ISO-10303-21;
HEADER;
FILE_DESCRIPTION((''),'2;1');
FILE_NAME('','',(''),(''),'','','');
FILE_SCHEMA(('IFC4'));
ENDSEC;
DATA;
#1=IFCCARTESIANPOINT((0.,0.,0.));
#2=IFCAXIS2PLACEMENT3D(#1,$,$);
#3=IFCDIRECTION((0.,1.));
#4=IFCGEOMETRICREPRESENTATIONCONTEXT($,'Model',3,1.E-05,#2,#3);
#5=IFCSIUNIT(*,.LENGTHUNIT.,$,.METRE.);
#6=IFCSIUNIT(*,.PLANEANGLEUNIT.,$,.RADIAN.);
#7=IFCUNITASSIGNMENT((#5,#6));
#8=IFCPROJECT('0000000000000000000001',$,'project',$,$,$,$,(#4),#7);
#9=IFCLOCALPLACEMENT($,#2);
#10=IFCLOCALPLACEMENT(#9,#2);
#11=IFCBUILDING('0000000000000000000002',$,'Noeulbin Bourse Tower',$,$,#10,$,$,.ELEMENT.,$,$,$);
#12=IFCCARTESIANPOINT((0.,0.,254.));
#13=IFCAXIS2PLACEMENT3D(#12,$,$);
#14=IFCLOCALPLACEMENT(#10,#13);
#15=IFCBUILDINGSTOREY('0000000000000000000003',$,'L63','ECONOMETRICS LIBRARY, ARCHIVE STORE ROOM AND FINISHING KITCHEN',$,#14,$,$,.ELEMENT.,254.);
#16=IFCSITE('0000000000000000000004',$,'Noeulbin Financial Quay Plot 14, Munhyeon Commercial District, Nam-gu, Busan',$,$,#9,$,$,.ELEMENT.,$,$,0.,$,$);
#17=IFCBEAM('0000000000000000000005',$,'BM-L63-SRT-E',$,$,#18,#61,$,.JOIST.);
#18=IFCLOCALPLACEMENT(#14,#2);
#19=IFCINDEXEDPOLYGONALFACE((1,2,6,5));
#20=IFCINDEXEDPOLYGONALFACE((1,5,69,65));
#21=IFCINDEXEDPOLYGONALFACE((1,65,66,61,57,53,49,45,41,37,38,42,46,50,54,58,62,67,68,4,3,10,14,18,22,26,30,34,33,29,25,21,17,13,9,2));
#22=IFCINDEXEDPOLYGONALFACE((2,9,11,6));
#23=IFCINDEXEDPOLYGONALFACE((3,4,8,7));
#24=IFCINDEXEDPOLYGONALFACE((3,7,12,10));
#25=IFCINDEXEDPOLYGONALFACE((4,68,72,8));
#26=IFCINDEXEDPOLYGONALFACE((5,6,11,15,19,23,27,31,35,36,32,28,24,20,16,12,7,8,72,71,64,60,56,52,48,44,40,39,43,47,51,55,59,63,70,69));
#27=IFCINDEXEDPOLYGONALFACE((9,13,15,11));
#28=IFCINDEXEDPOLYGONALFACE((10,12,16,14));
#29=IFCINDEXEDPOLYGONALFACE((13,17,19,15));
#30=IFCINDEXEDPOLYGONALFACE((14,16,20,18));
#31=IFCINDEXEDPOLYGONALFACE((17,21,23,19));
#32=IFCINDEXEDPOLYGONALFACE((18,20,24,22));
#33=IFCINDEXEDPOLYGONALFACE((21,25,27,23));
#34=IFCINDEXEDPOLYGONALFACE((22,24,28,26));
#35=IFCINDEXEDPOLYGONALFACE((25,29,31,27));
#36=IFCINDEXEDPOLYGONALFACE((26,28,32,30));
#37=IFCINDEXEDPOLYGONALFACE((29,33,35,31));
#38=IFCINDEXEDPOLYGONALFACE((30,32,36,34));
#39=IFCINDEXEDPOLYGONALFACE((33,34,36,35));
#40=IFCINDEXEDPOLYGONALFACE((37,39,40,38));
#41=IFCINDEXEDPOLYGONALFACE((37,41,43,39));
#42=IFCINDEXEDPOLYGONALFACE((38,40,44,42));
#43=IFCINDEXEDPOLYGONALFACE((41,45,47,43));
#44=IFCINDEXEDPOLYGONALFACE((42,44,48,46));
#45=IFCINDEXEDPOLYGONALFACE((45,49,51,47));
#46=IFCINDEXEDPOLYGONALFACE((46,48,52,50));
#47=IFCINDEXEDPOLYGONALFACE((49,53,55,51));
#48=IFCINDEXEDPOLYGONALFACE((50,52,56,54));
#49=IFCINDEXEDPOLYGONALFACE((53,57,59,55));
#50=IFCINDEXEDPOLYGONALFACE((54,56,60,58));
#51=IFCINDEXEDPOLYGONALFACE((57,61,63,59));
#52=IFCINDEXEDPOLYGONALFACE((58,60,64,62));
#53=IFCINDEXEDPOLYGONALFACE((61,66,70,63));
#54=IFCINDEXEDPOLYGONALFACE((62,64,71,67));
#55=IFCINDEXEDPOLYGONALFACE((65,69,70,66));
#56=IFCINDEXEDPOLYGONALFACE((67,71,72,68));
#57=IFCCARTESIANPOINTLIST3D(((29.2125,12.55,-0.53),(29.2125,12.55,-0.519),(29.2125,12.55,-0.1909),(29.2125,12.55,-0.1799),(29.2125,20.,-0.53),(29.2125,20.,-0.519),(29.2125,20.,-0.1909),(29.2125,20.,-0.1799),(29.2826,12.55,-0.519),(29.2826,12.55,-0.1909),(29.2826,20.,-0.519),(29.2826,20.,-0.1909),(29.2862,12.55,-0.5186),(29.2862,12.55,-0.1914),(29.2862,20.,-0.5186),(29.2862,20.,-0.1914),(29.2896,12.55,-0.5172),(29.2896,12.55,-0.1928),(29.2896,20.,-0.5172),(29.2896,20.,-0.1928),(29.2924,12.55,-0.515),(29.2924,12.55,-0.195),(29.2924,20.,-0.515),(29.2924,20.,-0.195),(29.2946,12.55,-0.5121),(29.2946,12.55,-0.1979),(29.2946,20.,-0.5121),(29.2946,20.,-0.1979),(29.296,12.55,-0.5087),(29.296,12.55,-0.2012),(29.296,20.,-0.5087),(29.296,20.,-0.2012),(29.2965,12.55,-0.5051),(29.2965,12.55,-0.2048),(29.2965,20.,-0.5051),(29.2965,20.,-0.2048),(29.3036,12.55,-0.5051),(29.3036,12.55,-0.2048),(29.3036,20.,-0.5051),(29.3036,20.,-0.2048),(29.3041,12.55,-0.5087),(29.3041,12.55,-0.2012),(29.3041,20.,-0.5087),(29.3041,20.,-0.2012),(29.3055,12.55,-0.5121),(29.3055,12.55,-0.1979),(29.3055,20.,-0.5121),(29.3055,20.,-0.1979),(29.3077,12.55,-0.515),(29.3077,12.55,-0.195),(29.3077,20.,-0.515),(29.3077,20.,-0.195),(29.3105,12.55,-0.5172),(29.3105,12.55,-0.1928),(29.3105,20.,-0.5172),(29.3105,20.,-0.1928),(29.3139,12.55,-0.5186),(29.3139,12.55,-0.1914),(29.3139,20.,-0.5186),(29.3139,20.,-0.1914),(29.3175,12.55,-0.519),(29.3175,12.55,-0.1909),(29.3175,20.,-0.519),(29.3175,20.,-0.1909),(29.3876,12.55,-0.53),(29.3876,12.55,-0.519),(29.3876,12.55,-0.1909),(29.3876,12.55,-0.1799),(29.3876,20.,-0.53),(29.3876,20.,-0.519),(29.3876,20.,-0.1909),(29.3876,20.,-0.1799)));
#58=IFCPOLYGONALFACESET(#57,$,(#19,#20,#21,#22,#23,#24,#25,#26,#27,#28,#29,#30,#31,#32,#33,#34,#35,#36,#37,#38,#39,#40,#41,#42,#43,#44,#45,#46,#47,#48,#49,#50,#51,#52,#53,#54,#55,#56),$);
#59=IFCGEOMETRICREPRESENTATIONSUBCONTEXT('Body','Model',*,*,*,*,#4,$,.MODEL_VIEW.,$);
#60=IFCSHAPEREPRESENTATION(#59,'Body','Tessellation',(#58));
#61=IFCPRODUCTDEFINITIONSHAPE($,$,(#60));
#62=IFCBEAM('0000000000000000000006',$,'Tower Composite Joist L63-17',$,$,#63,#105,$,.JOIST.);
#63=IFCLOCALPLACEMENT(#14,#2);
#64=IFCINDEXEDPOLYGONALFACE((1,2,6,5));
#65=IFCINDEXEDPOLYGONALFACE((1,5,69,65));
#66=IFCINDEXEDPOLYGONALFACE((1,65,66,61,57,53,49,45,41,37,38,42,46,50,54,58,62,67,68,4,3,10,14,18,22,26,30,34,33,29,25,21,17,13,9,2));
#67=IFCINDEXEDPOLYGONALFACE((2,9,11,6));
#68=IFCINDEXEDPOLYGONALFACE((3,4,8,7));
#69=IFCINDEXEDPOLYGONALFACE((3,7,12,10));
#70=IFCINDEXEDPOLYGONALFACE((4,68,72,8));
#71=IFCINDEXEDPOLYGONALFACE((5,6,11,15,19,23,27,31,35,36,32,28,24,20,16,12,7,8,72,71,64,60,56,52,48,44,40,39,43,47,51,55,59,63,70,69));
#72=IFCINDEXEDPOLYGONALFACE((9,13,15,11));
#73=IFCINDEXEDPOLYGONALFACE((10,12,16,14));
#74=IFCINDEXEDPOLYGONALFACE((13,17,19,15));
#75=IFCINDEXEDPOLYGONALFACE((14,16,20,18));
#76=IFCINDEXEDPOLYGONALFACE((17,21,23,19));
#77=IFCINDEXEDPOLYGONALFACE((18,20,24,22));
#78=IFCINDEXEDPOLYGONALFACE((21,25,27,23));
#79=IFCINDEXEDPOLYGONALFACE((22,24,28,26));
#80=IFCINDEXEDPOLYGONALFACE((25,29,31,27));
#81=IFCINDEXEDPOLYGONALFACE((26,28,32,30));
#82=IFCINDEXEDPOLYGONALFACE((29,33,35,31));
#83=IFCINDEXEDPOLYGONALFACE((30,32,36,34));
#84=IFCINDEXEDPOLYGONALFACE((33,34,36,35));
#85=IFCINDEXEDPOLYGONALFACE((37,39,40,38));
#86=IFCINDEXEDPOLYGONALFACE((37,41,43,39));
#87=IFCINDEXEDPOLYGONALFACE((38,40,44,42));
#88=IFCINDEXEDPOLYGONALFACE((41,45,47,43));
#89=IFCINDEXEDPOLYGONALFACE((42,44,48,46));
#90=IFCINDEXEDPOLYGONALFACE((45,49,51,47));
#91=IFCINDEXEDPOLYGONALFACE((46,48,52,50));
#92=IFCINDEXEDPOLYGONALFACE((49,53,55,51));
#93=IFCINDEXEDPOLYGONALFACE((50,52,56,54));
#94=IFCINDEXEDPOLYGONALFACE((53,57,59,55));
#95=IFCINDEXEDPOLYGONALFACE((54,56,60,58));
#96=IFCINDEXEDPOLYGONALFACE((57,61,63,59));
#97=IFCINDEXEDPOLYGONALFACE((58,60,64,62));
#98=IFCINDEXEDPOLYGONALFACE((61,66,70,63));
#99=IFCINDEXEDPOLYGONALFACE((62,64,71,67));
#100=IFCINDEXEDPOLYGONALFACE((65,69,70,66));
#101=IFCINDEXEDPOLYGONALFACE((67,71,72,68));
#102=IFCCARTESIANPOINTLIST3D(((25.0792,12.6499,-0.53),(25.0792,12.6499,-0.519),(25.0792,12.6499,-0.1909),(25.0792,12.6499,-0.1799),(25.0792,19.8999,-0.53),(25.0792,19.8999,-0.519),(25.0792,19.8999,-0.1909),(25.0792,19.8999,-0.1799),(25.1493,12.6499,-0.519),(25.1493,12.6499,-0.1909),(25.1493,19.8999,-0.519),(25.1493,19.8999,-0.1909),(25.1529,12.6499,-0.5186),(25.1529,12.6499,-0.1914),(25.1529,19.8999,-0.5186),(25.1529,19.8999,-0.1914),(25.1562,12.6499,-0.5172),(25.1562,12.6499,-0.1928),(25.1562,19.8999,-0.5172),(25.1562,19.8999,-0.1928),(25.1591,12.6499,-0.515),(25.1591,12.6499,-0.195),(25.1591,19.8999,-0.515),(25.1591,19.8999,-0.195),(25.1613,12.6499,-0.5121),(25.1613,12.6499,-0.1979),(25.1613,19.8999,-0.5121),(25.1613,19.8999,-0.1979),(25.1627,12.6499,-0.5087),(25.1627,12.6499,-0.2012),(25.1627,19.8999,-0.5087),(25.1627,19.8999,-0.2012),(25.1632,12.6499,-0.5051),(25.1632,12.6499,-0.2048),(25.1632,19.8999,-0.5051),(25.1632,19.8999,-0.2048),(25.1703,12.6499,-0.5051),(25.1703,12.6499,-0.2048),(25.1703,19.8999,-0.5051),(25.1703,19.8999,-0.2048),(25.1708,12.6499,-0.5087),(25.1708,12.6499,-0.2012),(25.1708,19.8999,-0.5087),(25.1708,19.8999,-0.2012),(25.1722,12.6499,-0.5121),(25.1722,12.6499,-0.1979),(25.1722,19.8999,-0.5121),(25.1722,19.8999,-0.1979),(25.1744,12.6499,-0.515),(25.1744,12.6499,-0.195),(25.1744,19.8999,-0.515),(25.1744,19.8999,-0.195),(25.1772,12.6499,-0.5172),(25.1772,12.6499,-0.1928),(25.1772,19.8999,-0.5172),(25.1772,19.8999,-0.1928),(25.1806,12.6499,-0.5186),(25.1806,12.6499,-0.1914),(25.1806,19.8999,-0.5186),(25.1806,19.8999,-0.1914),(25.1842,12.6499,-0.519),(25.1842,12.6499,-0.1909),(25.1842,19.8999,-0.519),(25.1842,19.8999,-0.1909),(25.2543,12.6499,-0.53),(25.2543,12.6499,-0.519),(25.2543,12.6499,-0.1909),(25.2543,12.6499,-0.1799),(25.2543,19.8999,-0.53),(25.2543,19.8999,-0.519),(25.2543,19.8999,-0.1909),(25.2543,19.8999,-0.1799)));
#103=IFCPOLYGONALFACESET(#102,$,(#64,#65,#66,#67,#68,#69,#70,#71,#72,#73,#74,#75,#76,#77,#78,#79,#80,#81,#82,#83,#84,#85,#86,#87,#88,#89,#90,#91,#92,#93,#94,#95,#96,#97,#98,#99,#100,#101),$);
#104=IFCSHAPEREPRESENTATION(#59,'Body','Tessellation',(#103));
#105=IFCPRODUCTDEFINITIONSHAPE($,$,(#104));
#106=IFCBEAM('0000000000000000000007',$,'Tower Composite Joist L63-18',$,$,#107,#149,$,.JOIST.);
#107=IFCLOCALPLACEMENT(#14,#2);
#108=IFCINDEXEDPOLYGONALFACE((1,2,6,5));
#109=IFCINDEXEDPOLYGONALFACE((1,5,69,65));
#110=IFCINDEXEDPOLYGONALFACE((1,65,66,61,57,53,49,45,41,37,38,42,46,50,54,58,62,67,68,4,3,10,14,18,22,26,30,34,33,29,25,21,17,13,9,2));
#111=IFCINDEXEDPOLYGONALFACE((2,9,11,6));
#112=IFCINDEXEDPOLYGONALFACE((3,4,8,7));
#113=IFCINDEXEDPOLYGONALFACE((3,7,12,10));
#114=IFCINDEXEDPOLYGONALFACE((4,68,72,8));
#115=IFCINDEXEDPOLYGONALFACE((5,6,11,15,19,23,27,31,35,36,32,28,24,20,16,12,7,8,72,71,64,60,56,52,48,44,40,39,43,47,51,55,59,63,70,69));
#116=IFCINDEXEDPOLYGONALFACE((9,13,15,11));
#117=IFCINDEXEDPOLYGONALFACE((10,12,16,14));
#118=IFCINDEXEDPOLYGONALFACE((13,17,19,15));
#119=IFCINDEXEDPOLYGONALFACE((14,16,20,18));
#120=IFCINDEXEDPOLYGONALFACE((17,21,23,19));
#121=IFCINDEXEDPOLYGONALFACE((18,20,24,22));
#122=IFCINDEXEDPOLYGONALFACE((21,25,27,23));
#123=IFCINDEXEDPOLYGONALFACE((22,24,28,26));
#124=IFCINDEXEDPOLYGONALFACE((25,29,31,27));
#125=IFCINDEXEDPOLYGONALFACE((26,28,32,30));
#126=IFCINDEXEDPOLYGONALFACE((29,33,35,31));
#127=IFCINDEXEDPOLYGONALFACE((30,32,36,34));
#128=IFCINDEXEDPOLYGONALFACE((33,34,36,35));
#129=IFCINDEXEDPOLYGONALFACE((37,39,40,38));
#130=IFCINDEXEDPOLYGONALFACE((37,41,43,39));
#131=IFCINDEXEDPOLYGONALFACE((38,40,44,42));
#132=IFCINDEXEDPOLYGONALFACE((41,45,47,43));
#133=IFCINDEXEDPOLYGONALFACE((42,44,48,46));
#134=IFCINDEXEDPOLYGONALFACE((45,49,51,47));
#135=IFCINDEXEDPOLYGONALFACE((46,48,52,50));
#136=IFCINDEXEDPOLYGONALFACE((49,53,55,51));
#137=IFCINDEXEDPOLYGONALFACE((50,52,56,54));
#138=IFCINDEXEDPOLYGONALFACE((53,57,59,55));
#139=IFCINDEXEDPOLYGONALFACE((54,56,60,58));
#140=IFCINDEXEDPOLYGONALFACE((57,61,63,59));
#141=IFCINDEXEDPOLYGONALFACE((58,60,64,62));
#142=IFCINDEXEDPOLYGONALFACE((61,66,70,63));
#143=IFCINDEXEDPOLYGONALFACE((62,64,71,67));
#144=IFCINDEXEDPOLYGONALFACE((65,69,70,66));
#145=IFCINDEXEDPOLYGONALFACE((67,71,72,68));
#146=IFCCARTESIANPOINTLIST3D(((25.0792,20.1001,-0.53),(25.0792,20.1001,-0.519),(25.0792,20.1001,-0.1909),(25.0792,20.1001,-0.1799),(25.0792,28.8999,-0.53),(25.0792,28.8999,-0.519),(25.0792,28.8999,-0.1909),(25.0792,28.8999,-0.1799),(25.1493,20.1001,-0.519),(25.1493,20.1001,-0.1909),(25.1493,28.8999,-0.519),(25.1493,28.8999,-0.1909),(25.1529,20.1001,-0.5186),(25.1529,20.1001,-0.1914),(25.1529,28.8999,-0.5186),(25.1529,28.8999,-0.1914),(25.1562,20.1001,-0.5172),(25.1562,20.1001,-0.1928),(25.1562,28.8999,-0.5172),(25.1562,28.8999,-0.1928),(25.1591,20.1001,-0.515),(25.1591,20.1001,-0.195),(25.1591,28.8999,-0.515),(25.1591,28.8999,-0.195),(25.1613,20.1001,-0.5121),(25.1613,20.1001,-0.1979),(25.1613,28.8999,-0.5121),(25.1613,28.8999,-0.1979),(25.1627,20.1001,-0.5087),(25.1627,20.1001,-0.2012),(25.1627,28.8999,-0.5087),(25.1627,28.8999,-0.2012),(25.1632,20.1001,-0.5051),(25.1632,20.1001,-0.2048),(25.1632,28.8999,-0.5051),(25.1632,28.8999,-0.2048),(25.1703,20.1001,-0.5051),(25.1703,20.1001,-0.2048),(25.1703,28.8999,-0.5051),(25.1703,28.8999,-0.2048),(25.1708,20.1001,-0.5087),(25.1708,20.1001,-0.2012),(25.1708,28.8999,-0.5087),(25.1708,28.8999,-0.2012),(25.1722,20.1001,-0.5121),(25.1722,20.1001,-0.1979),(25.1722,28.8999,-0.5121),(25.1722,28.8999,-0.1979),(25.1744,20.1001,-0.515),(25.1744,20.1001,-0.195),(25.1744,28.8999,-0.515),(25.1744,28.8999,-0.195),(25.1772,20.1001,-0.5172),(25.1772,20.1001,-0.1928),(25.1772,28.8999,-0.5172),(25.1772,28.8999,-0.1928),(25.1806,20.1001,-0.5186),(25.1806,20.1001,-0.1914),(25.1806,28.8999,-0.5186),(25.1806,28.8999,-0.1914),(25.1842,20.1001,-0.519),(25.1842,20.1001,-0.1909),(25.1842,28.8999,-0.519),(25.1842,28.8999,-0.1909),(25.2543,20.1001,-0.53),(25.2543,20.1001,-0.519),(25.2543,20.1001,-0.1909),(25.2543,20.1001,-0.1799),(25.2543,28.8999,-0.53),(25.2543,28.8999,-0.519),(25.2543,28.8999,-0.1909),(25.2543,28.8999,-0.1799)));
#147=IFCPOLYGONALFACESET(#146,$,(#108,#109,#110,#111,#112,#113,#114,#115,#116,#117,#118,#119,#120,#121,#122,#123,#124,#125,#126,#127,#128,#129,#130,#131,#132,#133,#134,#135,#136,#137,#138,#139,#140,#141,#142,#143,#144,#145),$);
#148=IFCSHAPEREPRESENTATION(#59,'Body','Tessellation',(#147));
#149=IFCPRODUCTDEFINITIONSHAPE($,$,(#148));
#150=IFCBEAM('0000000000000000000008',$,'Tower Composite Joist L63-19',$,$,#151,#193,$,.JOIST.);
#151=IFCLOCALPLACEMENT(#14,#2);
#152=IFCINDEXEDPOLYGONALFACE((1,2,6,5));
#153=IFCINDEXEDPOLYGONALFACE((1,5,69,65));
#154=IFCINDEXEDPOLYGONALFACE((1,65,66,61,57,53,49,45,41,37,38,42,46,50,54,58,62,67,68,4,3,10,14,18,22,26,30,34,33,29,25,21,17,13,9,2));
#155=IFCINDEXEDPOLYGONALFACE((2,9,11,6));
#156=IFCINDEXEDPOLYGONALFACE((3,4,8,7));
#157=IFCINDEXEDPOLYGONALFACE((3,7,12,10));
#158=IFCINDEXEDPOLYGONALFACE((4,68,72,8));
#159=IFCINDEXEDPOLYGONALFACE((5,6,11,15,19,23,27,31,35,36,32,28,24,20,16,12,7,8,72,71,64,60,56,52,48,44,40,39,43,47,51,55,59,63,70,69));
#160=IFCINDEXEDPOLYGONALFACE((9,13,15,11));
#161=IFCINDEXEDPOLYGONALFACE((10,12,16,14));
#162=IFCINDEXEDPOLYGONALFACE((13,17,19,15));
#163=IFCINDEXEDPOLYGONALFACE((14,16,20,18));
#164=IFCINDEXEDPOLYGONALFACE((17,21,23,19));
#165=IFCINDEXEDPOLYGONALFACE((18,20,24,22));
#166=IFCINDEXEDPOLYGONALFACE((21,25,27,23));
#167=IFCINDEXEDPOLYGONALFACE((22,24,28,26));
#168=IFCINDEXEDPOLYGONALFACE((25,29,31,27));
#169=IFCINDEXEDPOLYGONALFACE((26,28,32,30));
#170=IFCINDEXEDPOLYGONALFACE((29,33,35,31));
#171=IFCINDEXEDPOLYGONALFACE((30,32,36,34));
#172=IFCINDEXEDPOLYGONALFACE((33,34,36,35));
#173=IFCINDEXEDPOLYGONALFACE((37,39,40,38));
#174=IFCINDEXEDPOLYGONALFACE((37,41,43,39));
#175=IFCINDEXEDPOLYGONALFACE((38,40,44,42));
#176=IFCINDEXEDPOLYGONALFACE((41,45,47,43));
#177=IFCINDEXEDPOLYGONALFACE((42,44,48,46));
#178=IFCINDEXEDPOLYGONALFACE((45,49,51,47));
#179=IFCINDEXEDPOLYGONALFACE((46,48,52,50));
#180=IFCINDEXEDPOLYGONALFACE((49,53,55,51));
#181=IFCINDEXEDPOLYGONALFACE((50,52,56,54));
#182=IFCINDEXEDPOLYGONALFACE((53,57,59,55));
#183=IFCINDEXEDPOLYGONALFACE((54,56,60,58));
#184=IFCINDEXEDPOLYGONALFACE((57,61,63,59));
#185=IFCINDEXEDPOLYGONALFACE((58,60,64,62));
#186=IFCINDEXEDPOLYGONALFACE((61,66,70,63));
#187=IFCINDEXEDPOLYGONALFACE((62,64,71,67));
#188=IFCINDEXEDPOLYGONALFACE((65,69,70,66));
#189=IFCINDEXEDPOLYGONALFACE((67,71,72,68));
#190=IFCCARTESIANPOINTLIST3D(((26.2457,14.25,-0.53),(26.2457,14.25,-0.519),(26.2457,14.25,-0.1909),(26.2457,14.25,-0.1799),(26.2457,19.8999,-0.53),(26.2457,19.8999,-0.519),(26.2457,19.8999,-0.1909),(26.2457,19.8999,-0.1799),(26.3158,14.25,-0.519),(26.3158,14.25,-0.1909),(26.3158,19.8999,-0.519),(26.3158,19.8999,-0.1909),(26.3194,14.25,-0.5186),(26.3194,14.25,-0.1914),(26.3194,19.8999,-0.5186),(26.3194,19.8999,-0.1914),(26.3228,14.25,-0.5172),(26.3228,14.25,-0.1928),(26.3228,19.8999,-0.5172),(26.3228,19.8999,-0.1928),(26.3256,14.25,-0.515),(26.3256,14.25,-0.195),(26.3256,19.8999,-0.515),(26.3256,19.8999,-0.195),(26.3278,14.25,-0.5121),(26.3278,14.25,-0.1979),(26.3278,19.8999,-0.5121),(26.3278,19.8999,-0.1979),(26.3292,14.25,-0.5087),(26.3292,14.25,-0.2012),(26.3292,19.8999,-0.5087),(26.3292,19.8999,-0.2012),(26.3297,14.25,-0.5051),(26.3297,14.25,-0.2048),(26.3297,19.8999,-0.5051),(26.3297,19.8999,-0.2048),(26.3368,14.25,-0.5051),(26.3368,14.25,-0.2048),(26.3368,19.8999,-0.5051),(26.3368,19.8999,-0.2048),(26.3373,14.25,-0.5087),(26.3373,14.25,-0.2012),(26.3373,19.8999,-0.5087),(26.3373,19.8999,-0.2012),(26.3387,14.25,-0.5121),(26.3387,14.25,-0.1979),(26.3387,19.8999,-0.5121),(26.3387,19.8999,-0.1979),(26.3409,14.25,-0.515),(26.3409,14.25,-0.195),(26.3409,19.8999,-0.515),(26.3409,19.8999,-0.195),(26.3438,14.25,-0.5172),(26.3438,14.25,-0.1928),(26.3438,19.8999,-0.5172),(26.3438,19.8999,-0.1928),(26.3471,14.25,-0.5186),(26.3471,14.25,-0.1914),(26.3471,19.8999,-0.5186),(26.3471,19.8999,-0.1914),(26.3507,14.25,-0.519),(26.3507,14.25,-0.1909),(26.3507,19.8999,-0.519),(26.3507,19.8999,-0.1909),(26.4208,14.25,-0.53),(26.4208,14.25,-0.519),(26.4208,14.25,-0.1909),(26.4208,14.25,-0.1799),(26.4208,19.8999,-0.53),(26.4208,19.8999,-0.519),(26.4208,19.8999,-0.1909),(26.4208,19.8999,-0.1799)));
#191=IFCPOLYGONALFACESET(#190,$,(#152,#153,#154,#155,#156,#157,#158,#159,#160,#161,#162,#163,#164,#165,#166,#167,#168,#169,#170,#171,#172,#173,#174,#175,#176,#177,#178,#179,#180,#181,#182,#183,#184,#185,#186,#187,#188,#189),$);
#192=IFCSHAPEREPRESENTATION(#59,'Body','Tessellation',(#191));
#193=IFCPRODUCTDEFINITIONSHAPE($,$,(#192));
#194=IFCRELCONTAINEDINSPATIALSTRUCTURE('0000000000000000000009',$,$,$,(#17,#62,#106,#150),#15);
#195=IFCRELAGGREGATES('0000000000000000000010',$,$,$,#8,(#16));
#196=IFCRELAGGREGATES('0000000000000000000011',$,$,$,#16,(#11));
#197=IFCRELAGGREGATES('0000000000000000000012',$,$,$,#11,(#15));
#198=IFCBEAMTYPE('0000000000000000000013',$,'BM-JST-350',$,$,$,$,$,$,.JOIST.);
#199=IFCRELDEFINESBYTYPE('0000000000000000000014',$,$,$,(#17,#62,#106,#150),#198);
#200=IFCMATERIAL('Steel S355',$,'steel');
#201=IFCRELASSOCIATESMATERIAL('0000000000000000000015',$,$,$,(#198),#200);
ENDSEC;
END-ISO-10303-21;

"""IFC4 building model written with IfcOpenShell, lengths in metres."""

from ifc_helpers import new_model, si_unit, direction, frame, origin, origin_2d, place, context, subcontext, project, spatial, i_section, extrude, material, material_profile, profile_set, type_object, element, save


model = new_model("IFC4")

# Units and contexts
model_context = context("Model", 3, precision=1e-05, world=origin(), true_north=direction((0.0, 1.0)))
body_context = subcontext(model_context, "Body", "Model", "MODEL_VIEW")
ifc_project = project(units=[si_unit("LENGTHUNIT", "METRE"), si_unit("PLANEANGLEUNIT", "RADIAN")], contexts=[model_context])

# Site, building, storey
site_placement = place(None, origin())
site = spatial("IfcSite", under=ifc_project, at=site_placement, Name="Noeulbin Financial Quay Plot 14, Munhyeon Commercial District, Nam-gu, Busan", CompositionType="ELEMENT", RefElevation=0.0)
building_placement = place(site_placement, origin())
building = spatial("IfcBuilding", under=site, at=building_placement, Name="Noeulbin Bourse Tower", CompositionType="ELEMENT")
storey_placement = place(building_placement, frame((0.0, 0.0, 254.0)))
storey = spatial("IfcBuildingStorey", under=building, at=storey_placement, Name="L63", Description="ECONOMETRICS LIBRARY, ARCHIVE STORE ROOM AND FINISHING KITCHEN", CompositionType="ELEMENT", Elevation=254.0)

# Shared definitions
ifc_material_1 = material(Name="Steel S355", Category="steel")

# Beams
ifc_material_profile_1 = material_profile(ifc_material_1, i_section(OverallWidth=0.175, OverallDepth=0.3501, WebThickness=0.0071, FlangeThickness=0.011, FilletRadius=0.0139, at=origin_2d()), Name="H-350x175x7x11", Category="LoadBearing")
ifc_profile_set_1 = profile_set([ifc_material_profile_1], Name="Steel S355")
beam_type_1 = type_object("IfcBeamType", Name="BM-JST-350", PredefinedType="JOIST", material=ifc_profile_set_1)
for number, where, z_axis, x_axis, name in (
    (1, (29.3, 12.55, -0.355), (0.0, 1.0, 0.0), (-1.0, 0.0, 0.0), "BM-L63-SRT-E"),
):
    element("IfcBeam", number, at=place(storey_placement, frame(where, z_axis=z_axis, x_axis=x_axis)), inside=storey, type_object=beam_type_1, Name=name, PredefinedType="JOIST", context=body_context, shape_type="SweptSolid", body=[
        extrude(i_section(OverallWidth=0.175, OverallDepth=0.3501, WebThickness=0.0071, FlangeThickness=0.011, FilletRadius=0.0139, at=origin_2d()), origin(), (0.0, 0.0, 1.0), 7.45),
    ])
beam_1_placement = place(storey_placement, frame((25.1667, 12.6499, -0.355), z_axis=(0.0, 1.0, 0.0), x_axis=(-1.0, 0.0, 0.0)))
element("IfcBeam", 2, at=beam_1_placement, inside=storey, type_object=beam_type_1, Name="Tower Composite Joist L63-17", PredefinedType="JOIST", context=body_context, shape_type="SweptSolid", body=[
    extrude(i_section(OverallWidth=0.175, OverallDepth=0.3501, WebThickness=0.0071, FlangeThickness=0.011, FilletRadius=0.0139, at=origin_2d()), origin(), (0.0, 0.0, 1.0), 7.25),
])
beam_2_placement = place(storey_placement, frame((25.1667, 20.1001, -0.355), z_axis=(0.0, 1.0, 0.0), x_axis=(-1.0, 0.0, 0.0)))
element("IfcBeam", 3, at=beam_2_placement, inside=storey, type_object=beam_type_1, Name="Tower Composite Joist L63-18", PredefinedType="JOIST", context=body_context, shape_type="SweptSolid", body=[
    extrude(i_section(OverallWidth=0.175, OverallDepth=0.3501, WebThickness=0.0071, FlangeThickness=0.011, FilletRadius=0.0139, at=origin_2d()), origin(), (0.0, 0.0, 1.0), 8.7998),
])
beam_3_placement = place(storey_placement, frame((26.3333, 14.25, -0.355), z_axis=(0.0, 1.0, 0.0), x_axis=(-1.0, 0.0, 0.0)))
element("IfcBeam", 4, at=beam_3_placement, inside=storey, type_object=beam_type_1, Name="Tower Composite Joist L63-19", PredefinedType="JOIST", context=body_context, shape_type="SweptSolid", body=[
    extrude(i_section(OverallWidth=0.175, OverallDepth=0.3501, WebThickness=0.0071, FlangeThickness=0.011, FilletRadius=0.0139, at=origin_2d()), origin(), (0.0, 0.0, 1.0), 5.6499),
])

save(model, "model.ifc")
